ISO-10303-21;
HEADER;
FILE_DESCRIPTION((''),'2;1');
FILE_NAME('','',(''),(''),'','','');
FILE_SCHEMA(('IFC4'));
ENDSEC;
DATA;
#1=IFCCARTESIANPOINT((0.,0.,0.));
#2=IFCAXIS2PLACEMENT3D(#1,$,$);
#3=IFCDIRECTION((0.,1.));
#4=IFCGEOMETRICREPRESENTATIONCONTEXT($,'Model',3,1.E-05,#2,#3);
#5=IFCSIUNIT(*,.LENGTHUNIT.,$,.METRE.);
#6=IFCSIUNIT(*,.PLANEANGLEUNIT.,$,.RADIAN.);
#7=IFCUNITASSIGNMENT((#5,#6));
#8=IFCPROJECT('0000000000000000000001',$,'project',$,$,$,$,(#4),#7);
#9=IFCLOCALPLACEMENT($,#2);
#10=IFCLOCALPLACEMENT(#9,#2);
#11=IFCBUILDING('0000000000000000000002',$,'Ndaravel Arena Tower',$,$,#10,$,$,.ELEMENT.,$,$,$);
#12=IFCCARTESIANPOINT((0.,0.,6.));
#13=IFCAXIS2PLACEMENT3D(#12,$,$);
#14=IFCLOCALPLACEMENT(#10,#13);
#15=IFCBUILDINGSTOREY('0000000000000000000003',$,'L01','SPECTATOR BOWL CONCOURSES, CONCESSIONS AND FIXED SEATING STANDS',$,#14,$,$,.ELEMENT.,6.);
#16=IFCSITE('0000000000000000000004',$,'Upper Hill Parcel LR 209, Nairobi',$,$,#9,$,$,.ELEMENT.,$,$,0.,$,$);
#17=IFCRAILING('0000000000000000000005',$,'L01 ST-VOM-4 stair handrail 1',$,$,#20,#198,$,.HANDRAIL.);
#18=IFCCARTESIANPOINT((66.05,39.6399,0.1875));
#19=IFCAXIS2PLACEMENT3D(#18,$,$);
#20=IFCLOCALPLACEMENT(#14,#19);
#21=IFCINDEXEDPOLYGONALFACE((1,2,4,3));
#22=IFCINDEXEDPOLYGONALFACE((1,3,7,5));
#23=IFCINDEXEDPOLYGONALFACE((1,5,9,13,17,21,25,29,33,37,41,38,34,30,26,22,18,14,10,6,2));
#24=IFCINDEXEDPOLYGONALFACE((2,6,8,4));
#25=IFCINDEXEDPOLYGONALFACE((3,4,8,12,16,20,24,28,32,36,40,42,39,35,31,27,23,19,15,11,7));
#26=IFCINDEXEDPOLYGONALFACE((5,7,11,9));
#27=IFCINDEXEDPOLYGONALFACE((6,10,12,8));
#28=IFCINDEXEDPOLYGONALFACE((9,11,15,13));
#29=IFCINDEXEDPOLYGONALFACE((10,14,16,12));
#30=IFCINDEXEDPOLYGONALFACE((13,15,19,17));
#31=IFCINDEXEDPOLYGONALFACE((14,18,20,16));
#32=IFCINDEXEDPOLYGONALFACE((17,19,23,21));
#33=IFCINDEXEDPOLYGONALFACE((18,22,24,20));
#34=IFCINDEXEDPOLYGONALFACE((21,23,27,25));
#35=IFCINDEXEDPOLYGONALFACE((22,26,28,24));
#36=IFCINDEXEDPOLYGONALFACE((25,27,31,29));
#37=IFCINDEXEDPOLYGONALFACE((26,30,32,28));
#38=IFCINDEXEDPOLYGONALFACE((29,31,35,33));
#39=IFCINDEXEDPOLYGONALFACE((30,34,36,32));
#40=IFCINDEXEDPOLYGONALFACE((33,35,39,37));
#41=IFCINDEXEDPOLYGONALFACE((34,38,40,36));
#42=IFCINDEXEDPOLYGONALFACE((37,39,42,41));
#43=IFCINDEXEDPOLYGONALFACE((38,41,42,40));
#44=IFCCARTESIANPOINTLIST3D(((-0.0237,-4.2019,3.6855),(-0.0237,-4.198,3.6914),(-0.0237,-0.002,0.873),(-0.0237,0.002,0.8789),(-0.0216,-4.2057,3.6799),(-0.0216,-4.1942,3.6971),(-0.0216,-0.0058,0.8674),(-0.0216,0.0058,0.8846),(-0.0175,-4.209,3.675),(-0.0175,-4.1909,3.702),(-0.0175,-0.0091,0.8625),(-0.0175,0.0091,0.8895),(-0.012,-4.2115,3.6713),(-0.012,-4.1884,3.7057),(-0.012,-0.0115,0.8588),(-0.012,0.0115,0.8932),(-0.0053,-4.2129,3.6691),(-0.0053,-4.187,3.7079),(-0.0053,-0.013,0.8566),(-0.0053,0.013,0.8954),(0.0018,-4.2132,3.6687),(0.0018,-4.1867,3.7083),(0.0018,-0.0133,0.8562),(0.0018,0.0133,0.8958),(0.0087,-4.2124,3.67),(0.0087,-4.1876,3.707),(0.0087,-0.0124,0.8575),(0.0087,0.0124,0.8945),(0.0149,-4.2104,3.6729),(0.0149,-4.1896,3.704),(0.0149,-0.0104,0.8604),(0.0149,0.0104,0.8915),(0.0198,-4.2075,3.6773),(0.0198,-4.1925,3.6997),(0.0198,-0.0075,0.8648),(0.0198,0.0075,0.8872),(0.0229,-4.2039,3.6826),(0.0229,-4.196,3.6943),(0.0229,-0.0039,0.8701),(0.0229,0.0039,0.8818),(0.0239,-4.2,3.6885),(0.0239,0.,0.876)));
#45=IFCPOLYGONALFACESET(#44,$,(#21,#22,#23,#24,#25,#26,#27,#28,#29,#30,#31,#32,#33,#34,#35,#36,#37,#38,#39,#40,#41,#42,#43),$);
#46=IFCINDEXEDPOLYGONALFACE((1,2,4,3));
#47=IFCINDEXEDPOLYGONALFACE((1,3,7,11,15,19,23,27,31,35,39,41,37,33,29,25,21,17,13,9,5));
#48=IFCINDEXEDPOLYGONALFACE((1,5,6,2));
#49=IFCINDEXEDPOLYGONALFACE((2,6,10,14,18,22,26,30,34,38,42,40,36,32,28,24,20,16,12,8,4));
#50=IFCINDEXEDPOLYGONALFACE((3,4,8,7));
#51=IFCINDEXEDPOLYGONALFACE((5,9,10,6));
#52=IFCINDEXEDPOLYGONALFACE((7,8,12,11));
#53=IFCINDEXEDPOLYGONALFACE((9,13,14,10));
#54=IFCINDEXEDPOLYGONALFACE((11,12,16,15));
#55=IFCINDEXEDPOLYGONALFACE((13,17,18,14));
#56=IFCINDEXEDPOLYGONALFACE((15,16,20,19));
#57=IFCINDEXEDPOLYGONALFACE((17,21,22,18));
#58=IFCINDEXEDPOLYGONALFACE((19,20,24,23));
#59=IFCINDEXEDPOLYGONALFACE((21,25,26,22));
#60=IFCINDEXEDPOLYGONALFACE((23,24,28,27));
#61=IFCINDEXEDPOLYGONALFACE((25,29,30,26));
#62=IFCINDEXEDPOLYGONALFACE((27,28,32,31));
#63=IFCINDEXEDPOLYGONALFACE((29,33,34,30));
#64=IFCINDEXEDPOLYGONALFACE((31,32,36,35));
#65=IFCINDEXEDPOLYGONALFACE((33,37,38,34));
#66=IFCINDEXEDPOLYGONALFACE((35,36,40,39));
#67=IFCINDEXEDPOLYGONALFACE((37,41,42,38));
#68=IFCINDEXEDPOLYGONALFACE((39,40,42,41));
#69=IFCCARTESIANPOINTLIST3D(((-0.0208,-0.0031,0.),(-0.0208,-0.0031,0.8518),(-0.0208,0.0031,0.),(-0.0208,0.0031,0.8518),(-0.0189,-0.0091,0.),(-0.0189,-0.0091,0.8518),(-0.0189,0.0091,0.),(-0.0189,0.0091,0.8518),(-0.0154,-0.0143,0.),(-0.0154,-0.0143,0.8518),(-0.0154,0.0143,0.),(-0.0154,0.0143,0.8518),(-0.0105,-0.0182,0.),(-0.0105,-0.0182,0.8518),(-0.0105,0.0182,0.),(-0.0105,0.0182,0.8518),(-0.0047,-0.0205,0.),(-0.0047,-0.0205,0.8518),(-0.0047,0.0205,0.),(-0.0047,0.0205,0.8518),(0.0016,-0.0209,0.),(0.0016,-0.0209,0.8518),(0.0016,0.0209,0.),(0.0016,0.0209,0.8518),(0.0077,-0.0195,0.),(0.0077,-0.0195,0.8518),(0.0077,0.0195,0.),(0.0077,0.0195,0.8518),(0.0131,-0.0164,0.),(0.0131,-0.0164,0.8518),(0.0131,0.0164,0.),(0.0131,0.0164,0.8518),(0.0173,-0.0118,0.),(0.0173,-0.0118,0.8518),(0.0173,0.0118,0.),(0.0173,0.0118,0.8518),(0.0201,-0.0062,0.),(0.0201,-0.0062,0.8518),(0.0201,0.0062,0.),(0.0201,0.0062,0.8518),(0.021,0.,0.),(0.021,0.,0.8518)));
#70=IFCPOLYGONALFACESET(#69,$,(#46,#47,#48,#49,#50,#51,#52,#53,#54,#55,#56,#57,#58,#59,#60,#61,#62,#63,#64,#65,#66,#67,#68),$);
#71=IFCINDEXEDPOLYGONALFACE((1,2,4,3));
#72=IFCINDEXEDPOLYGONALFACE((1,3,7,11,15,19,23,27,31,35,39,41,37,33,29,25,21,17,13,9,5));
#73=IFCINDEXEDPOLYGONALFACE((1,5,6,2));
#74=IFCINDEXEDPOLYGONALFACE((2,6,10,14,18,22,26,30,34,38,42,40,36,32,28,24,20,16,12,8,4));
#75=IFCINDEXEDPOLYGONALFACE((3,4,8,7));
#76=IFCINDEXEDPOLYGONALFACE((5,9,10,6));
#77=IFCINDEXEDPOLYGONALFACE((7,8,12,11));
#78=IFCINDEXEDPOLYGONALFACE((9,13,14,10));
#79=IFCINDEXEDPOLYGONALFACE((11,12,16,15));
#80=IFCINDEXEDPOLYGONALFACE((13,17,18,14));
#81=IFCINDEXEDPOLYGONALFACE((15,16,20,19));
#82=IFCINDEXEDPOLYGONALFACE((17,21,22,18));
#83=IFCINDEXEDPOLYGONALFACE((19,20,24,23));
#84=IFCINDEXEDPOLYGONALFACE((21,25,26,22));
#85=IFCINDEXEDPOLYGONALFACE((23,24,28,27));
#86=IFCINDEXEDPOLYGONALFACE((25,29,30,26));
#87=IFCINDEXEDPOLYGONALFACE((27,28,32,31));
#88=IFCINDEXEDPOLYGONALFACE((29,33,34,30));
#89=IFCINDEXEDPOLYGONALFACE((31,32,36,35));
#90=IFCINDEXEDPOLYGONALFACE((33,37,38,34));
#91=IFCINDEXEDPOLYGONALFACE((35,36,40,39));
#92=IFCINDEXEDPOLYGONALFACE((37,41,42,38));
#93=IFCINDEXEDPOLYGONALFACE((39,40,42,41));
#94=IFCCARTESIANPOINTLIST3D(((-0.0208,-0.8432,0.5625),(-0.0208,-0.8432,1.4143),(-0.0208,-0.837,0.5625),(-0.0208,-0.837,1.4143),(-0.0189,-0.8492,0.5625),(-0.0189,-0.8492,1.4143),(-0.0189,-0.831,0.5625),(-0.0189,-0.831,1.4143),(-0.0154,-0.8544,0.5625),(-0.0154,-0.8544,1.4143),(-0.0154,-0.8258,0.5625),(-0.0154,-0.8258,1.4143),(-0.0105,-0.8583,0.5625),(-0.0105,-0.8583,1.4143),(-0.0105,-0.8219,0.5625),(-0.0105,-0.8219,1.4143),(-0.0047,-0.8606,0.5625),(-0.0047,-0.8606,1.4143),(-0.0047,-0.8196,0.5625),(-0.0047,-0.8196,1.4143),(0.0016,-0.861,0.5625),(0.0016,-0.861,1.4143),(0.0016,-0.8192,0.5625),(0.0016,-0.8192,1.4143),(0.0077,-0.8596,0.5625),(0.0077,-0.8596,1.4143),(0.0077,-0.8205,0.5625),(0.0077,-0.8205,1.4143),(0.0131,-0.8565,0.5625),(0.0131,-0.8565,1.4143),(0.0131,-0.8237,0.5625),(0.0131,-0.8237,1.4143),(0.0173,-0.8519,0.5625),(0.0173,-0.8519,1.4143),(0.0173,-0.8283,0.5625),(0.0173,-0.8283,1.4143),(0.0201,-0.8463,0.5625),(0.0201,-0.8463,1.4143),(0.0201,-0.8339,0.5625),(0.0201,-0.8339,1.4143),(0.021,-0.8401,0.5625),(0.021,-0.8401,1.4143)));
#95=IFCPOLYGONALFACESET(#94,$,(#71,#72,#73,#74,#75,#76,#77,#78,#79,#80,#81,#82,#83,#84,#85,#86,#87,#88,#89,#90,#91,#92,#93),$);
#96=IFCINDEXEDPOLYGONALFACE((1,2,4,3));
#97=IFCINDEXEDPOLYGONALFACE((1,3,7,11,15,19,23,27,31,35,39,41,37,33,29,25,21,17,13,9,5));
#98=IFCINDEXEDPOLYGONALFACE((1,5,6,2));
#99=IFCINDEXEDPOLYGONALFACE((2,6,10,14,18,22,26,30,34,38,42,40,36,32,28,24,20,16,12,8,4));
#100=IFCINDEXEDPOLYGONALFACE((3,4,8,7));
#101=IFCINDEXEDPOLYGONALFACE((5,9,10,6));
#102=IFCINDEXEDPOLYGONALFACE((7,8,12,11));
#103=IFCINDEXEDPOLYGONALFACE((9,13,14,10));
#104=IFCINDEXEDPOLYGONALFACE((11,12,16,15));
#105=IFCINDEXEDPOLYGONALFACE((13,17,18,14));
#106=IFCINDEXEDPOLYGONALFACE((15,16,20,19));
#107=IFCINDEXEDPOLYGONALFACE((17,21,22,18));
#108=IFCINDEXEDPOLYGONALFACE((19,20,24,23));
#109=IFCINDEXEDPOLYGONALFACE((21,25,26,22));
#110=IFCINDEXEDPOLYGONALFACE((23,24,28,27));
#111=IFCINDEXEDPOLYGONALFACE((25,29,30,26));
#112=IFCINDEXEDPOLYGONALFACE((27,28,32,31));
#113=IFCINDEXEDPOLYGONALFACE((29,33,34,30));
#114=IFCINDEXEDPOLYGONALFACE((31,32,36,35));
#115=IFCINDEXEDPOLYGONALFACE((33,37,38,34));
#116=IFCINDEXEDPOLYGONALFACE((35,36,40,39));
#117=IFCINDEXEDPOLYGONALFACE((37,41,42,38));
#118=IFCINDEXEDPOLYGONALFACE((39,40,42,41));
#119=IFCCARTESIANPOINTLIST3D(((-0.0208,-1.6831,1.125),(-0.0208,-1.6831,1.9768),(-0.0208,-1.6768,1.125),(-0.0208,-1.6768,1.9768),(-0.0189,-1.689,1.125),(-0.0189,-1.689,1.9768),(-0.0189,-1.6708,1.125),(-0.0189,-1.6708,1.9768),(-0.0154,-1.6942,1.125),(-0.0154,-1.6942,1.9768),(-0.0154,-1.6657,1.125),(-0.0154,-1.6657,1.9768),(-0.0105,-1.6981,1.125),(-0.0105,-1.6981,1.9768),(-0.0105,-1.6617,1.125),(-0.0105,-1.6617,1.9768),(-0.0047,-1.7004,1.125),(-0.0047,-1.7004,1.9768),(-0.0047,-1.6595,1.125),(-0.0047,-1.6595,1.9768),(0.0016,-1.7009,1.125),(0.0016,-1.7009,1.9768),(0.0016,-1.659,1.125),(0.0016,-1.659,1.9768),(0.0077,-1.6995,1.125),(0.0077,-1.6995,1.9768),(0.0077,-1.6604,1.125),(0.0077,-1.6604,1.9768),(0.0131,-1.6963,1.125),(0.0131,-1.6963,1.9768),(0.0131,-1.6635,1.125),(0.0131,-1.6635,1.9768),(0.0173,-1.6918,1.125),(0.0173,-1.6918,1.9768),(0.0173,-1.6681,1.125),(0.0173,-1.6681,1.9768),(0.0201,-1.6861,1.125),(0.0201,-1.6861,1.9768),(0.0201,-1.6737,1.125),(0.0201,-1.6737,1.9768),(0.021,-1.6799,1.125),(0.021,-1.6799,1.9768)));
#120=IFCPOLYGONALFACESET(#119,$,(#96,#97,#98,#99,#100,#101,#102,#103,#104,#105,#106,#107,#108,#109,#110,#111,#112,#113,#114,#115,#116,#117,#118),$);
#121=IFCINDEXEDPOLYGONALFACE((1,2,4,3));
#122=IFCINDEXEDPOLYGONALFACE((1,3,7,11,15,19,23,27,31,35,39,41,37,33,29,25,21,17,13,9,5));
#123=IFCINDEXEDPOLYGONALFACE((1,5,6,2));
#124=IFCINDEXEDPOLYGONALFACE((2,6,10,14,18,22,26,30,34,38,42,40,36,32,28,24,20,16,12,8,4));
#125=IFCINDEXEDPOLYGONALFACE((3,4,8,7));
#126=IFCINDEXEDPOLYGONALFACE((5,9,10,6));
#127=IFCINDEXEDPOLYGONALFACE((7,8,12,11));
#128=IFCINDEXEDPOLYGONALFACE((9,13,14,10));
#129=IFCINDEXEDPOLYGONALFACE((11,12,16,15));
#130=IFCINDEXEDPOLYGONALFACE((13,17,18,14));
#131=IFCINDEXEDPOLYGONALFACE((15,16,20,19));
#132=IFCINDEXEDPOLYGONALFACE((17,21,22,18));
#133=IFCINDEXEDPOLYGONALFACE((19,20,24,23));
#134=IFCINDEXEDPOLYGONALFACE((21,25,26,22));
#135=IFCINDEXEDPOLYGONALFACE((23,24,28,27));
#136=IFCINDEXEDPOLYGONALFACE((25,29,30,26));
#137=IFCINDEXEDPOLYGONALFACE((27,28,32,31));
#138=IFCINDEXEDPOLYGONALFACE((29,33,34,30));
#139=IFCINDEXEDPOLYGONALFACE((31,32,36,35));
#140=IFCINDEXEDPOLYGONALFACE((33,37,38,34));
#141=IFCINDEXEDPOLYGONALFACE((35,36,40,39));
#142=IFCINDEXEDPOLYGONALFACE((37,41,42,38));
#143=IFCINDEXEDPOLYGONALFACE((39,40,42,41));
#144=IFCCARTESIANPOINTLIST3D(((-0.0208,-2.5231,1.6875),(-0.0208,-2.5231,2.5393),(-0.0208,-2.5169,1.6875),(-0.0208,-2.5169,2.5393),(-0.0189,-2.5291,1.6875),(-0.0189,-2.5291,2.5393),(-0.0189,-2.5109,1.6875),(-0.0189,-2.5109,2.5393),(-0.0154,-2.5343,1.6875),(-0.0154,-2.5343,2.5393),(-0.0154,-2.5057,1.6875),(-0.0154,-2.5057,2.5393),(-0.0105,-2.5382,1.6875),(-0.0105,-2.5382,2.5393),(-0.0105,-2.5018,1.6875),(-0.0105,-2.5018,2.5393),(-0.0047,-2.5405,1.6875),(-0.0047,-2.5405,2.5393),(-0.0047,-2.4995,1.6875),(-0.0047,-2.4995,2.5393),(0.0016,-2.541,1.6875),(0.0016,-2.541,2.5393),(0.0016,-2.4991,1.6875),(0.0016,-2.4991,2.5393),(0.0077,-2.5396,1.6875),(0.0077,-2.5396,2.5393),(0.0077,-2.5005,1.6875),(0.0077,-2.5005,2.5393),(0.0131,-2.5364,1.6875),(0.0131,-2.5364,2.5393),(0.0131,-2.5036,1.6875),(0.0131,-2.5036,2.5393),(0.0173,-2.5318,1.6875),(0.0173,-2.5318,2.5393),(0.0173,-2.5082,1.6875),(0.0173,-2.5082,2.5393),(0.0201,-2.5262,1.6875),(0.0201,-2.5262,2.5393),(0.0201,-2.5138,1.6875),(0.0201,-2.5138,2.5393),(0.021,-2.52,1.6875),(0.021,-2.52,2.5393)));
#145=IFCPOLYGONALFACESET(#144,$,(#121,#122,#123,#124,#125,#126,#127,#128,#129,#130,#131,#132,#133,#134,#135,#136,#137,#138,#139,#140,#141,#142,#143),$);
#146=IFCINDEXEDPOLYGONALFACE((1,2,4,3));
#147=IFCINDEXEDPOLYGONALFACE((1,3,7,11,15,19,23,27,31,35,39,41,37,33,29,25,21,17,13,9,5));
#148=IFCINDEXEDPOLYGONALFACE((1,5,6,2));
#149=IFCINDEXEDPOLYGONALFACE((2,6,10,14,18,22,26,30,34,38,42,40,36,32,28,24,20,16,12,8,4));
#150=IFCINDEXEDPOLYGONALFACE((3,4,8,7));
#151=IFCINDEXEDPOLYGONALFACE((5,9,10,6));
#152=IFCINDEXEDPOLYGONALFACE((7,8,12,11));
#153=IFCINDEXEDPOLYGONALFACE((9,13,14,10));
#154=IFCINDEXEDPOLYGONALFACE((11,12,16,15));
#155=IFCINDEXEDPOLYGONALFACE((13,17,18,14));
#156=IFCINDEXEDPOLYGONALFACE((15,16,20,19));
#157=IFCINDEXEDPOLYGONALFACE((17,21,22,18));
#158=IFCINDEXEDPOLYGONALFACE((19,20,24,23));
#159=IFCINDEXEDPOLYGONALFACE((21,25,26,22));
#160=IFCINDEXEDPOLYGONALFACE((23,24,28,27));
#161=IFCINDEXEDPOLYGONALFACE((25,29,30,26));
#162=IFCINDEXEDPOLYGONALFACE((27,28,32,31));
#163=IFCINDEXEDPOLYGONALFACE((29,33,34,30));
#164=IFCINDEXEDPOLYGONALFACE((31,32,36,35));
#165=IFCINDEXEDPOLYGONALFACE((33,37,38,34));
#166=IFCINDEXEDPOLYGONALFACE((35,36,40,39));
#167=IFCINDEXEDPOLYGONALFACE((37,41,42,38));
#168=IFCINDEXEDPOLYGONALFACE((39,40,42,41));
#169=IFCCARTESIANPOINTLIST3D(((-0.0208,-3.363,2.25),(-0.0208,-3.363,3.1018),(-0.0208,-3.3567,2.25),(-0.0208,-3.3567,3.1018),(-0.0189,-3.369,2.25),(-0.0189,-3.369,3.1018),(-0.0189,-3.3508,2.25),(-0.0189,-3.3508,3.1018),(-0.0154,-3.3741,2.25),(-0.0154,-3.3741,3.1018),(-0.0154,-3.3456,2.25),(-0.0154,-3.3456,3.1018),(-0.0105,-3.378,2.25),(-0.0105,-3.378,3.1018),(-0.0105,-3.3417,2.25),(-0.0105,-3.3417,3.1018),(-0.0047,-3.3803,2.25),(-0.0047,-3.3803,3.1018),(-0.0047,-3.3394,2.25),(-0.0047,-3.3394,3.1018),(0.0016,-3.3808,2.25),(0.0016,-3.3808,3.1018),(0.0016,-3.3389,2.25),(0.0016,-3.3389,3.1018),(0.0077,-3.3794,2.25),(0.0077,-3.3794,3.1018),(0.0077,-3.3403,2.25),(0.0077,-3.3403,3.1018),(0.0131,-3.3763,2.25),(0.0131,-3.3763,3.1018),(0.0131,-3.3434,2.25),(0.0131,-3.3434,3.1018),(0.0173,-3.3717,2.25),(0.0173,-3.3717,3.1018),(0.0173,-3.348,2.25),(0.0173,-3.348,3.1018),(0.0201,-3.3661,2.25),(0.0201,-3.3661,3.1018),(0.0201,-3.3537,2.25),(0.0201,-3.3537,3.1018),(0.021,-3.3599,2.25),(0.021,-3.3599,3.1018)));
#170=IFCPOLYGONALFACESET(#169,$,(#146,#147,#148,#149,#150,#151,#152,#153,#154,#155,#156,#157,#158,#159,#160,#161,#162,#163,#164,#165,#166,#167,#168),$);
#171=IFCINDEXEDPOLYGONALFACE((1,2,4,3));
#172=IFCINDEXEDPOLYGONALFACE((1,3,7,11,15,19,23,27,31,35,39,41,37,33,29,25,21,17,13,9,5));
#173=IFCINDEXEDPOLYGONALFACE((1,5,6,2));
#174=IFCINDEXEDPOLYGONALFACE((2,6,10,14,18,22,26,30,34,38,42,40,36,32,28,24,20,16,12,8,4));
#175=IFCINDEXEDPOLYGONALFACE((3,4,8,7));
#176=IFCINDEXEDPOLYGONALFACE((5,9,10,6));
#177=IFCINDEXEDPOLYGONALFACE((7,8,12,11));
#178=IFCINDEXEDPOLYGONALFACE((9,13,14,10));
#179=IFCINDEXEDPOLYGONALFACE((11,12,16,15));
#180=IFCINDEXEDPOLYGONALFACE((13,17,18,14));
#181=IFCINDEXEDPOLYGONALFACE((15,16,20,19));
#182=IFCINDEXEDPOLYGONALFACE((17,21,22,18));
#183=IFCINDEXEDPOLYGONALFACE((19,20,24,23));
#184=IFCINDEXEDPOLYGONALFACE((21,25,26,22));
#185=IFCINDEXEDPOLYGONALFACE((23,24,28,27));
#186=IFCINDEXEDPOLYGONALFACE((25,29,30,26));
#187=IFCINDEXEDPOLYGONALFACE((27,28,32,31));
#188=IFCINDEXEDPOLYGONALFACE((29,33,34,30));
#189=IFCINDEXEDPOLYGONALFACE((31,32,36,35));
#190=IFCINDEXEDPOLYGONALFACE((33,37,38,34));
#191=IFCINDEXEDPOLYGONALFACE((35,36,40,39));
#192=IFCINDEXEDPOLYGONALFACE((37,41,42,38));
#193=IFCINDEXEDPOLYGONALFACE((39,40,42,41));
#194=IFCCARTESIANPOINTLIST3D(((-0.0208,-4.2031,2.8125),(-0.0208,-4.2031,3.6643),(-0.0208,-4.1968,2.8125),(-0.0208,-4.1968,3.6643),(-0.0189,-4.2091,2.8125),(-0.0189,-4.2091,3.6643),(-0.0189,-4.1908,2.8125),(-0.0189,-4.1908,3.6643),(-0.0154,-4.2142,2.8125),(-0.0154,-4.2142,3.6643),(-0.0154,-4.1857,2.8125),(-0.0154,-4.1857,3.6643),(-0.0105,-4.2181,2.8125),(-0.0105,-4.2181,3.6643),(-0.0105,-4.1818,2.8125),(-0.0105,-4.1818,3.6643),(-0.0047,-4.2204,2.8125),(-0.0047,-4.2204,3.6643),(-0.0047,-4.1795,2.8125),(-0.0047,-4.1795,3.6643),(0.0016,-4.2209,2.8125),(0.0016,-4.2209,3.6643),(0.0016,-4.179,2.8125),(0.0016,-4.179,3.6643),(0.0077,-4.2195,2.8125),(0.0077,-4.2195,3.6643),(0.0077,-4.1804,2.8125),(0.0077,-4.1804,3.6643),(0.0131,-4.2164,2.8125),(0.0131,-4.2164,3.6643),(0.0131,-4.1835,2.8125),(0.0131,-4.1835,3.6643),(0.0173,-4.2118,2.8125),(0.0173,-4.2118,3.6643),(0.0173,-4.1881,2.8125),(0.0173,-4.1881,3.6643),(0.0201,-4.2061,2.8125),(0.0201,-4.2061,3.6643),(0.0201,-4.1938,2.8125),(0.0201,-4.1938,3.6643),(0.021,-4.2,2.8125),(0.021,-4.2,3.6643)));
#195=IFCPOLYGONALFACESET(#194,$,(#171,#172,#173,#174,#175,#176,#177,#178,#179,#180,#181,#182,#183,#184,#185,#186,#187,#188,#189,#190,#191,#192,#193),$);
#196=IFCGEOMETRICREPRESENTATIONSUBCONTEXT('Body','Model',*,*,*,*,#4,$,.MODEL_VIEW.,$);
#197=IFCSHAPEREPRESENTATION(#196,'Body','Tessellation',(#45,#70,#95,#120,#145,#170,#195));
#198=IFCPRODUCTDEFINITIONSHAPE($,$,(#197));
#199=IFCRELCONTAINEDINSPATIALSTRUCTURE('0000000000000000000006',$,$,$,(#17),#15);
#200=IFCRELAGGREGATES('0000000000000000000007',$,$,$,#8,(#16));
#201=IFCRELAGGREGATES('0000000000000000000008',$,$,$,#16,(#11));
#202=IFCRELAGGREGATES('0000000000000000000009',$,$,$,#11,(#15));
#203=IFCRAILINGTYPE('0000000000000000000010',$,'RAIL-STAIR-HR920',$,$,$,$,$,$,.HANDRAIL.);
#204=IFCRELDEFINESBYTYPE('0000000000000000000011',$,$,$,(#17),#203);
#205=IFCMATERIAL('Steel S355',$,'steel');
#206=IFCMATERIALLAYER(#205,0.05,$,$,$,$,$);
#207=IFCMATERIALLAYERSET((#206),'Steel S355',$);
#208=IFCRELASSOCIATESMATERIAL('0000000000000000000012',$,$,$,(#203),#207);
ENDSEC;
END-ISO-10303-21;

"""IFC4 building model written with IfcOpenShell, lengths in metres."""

from ifc_helpers import new_model, si_unit, direction, frame, origin, origin_2d, place, context, subcontext, project, spatial, circle, extrude, material, layer, layer_set, type_object, element, save


model = new_model("IFC4")

# Units and contexts
model_context = context("Model", 3, precision=1e-05, world=origin(), true_north=direction((0.0, 1.0)))
body_context = subcontext(model_context, "Body", "Model", "MODEL_VIEW")
ifc_project = project(units=[si_unit("LENGTHUNIT", "METRE"), si_unit("PLANEANGLEUNIT", "RADIAN")], contexts=[model_context])

# Site, building, storey
site_placement = place(None, origin())
site = spatial("IfcSite", under=ifc_project, at=site_placement, Name="Upper Hill Parcel LR 209, Nairobi", CompositionType="ELEMENT", RefElevation=0.0)
building_placement = place(site_placement, origin())
building = spatial("IfcBuilding", under=site, at=building_placement, Name="Ndaravel Arena Tower", CompositionType="ELEMENT")
storey_placement = place(building_placement, frame((0.0, 0.0, 6.0)))
storey = spatial("IfcBuildingStorey", under=building, at=storey_placement, Name="L01", Description="SPECTATOR BOWL CONCOURSES, CONCESSIONS AND FIXED SEATING STANDS", CompositionType="ELEMENT", Elevation=6.0)

# Railing
ifc_material_1 = material(Name="Steel S355", Category="steel")
ifc_layer_1 = layer(ifc_material_1, 0.05)
ifc_layer_set_1 = layer_set([ifc_layer_1], Name="Steel S355")
railing_type_1 = type_object("IfcRailingType", Name="RAIL-STAIR-HR920", PredefinedType="HANDRAIL", material=ifc_layer_set_1)
for number, where, name in (
    (1, (66.05, 39.6399, 0.1875), "L01 ST-VOM-4 stair handrail 1"),
):
    element("IfcRailing", number, at=place(storey_placement, frame(where)), inside=storey, type_object=railing_type_1, Name=name, PredefinedType="HANDRAIL", context=body_context, shape_type="SweptSolid", body=[
        extrude(circle(Radius=0.0239, at=origin_2d()), frame((0.0, 0.0, 0.876), z_axis=(0.0, -0.830904, 0.556416), x_axis=(1.0, 0.0, 0.0)), (0.0, 0.0, 1.0), 5.0547),
        extrude(circle(Radius=0.021, at=origin_2d()), origin(), (0.0, 0.0, 1.0), 0.8518),
        extrude(circle(Radius=0.021, at=origin_2d()), frame((0.0, -0.8401, 0.5625)), (0.0, 0.0, 1.0), 0.8518),
        extrude(circle(Radius=0.021, at=origin_2d()), frame((0.0, -1.6799, 1.125)), (0.0, 0.0, 1.0), 0.8518),
        extrude(circle(Radius=0.021, at=origin_2d()), frame((0.0, -2.52, 1.6875)), (0.0, 0.0, 1.0), 0.8518),
        extrude(circle(Radius=0.021, at=origin_2d()), frame((0.0, -3.3599, 2.25)), (0.0, 0.0, 1.0), 0.8518),
        extrude(circle(Radius=0.021, at=origin_2d()), frame((0.0, -4.2, 2.8125)), (0.0, 0.0, 1.0), 0.8518),
    ])

save(model, "model.ifc")
